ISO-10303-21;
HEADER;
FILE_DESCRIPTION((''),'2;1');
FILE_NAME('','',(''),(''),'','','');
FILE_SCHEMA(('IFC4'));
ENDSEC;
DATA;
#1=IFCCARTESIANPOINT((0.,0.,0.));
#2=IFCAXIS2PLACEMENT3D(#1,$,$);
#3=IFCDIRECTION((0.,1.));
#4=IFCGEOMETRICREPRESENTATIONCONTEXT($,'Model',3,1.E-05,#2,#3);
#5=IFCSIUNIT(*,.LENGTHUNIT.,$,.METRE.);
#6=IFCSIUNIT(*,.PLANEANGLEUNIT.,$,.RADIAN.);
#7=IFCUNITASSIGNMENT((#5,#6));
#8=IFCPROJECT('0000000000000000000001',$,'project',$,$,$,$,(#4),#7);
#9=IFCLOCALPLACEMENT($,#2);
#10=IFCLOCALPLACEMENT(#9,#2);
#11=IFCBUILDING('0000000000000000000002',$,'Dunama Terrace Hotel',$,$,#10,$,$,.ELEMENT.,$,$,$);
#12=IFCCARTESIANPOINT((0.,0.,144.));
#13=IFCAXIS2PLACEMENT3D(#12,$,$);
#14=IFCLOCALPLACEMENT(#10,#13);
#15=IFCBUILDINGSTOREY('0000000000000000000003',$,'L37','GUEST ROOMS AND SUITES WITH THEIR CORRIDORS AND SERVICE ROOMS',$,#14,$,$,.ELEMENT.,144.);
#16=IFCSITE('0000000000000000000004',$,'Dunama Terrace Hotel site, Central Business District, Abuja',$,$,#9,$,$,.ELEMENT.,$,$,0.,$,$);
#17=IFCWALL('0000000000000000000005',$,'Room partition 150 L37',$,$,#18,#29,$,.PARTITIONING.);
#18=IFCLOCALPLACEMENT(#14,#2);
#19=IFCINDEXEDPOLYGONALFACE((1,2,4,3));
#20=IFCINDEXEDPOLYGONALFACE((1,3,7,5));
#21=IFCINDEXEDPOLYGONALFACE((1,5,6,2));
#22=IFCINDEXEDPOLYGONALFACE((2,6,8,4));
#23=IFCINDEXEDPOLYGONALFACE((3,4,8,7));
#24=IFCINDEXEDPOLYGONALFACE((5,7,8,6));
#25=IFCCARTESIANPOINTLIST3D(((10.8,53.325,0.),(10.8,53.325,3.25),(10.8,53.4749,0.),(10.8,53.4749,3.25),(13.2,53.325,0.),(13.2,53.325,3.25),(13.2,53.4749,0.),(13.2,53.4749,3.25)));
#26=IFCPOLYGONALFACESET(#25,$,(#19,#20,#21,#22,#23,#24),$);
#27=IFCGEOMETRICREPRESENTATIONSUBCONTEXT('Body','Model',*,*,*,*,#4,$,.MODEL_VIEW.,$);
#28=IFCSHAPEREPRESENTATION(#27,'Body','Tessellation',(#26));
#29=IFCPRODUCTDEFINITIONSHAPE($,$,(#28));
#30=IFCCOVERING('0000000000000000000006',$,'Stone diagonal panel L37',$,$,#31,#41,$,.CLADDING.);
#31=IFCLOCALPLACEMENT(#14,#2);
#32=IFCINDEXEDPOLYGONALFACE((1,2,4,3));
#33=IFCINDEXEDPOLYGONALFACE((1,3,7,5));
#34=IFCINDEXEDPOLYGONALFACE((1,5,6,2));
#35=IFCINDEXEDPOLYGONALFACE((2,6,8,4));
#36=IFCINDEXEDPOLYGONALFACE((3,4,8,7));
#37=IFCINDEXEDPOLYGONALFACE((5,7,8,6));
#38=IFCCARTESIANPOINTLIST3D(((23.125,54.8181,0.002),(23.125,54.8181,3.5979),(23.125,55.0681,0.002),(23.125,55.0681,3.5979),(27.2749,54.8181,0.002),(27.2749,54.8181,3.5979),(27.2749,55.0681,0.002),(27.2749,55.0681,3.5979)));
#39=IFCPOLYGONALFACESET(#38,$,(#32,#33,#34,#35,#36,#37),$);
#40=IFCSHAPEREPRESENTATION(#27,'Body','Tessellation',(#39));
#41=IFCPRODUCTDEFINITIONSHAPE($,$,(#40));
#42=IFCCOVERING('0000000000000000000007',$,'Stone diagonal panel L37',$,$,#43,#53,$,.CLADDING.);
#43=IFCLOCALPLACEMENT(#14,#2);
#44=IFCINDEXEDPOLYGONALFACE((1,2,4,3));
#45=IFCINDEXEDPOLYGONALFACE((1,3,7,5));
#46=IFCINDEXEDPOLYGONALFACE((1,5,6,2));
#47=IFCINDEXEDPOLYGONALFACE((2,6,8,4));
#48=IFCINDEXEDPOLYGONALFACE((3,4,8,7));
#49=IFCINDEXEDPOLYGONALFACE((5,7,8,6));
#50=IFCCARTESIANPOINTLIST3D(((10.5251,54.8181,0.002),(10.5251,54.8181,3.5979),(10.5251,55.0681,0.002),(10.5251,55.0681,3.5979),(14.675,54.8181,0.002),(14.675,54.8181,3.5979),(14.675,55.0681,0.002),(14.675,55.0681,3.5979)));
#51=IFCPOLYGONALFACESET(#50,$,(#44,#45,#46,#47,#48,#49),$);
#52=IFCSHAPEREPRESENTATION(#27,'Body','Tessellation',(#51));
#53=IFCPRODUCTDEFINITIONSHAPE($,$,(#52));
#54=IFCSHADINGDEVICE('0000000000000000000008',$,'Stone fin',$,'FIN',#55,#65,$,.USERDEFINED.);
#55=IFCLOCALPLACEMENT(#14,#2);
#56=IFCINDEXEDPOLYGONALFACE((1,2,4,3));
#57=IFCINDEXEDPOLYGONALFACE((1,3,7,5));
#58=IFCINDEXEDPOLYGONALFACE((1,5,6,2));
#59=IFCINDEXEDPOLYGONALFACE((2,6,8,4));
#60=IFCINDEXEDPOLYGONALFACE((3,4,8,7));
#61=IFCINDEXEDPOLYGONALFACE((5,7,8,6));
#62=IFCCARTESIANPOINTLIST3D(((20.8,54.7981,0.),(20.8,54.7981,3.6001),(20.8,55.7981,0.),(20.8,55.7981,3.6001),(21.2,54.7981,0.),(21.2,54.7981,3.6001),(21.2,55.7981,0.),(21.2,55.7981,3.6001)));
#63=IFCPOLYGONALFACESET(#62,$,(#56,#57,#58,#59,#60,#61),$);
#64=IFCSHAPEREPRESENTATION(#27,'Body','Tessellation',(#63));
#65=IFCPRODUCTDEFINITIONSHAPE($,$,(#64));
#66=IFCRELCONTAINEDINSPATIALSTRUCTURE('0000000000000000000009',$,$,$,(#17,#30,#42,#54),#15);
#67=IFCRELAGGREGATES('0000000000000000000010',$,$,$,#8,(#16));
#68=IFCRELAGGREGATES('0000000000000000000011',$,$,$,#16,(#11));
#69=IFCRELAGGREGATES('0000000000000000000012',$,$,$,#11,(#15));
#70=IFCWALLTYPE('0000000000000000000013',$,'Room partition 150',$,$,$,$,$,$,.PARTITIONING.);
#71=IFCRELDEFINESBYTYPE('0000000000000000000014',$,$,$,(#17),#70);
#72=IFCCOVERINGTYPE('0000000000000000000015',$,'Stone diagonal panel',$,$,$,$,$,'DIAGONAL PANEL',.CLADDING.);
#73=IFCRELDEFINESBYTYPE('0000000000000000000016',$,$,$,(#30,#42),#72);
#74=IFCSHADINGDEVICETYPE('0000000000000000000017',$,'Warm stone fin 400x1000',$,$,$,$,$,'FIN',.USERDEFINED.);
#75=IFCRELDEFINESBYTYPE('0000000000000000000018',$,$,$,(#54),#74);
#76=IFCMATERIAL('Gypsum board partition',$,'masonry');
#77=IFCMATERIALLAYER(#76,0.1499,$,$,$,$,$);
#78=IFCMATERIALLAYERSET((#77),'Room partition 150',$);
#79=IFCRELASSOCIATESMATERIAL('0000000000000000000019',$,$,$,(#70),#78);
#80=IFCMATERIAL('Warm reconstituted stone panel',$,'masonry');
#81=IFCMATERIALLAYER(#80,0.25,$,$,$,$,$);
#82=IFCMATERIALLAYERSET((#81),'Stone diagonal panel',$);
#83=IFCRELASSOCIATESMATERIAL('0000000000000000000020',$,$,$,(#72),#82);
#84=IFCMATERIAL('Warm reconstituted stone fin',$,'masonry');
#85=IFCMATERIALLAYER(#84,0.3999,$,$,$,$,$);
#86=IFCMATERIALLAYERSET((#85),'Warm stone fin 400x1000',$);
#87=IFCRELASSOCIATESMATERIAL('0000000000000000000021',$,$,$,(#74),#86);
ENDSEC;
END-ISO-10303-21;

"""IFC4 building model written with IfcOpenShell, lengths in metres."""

from ifc_helpers import new_model, si_unit, direction, frame, frame_2d, origin, origin_2d, place, context, subcontext, project, spatial, rectangle, extrude, material, layer, layer_set, type_object, element, save


model = new_model("IFC4")

# Units and contexts
model_context = context("Model", 3, precision=1e-05, world=origin(), true_north=direction((0.0, 1.0)))
body_context = subcontext(model_context, "Body", "Model", "MODEL_VIEW")
ifc_project = project(units=[si_unit("LENGTHUNIT", "METRE"), si_unit("PLANEANGLEUNIT", "RADIAN")], contexts=[model_context])

# Site, building, storey
site_placement = place(None, origin())
site = spatial("IfcSite", under=ifc_project, at=site_placement, Name="Dunama Terrace Hotel site, Central Business District, Abuja", CompositionType="ELEMENT", RefElevation=0.0)
building_placement = place(site_placement, origin())
building = spatial("IfcBuilding", under=site, at=building_placement, Name="Dunama Terrace Hotel", CompositionType="ELEMENT")
storey_placement = place(building_placement, frame((0.0, 0.0, 144.0)))
storey = spatial("IfcBuildingStorey", under=building, at=storey_placement, Name="L37", Description="GUEST ROOMS AND SUITES WITH THEIR CORRIDORS AND SERVICE ROOMS", CompositionType="ELEMENT", Elevation=144.0)

# Wall
ifc_material_1 = material(Name="Gypsum board partition", Category="masonry")
ifc_layer_1 = layer(ifc_material_1, 0.1499)
ifc_layer_set_1 = layer_set([ifc_layer_1], Name="Room partition 150")
wall_type_1 = type_object("IfcWallType", Name="Room partition 150", PredefinedType="PARTITIONING", material=ifc_layer_set_1)
wall_1_placement = place(storey_placement, frame((10.8, 53.3999, 0.0), z_axis=(0.0, 0.0, 1.0), x_axis=(1.0, 0.0, 0.0)))
element("IfcWall", 1, at=wall_1_placement, inside=storey, type_object=wall_type_1, Name="Room partition 150 L37", PredefinedType="PARTITIONING", context=body_context, shape_type="SweptSolid", body=[
    extrude(rectangle(XDim=2.3999, YDim=0.1499, at=frame_2d((1.2, 0.0))), origin(), (0.0, 0.0, 1.0), 3.25),
])

# Coverings
ifc_material_2 = material(Name="Warm reconstituted stone panel", Category="masonry")
ifc_layer_2 = layer(ifc_material_2, 0.25)
ifc_layer_set_2 = layer_set([ifc_layer_2], Name="Stone diagonal panel")
covering_type = type_object("IfcCoveringType", Name="Stone diagonal panel", ElementType="DIAGONAL PANEL", PredefinedType="CLADDING", material=ifc_layer_set_2)
for number, where, z_axis, x_axis, name in (
    (2, (25.2, 54.9431, 0.002), (0.0, 0.0, 1.0), (-1.0, 0.0, 0.0), "Stone diagonal panel L37"),
    (3, (12.6001, 54.9431, 0.002), (0.0, 0.0, 1.0), (-1.0, 0.0, 0.0), "Stone diagonal panel L37"),
):
    element("IfcCovering", number, at=place(storey_placement, frame(where, z_axis=z_axis, x_axis=x_axis)), inside=storey, type_object=covering_type, Name=name, PredefinedType="CLADDING", context=body_context, shape_type="SweptSolid", body=[
        extrude(rectangle(XDim=4.1499, YDim=0.25, at=origin_2d()), origin(), (0.0, 0.0, 1.0), 3.5959),
    ])

# Shading device
ifc_material_3 = material(Name="Warm reconstituted stone fin", Category="masonry")
ifc_layer_3 = layer(ifc_material_3, 0.3999)
ifc_layer_set_3 = layer_set([ifc_layer_3], Name="Warm stone fin 400x1000")
shading_device_type = type_object("IfcShadingDeviceType", Name="Warm stone fin 400x1000", ElementType="FIN", PredefinedType="USERDEFINED", material=ifc_layer_set_3)
shading_device_placement = place(storey_placement, frame((21.0, 55.2981, 0.0), z_axis=(0.0, 0.0, 1.0), x_axis=(-1.0, 0.0, 0.0)))
element("IfcShadingDevice", 4, at=shading_device_placement, inside=storey, type_object=shading_device_type, Name="Stone fin", ObjectType="FIN", PredefinedType="USERDEFINED", context=body_context, shape_type="SweptSolid", body=[
    extrude(rectangle(XDim=0.3999, YDim=1.0, at=origin_2d()), origin(), (0.0, 0.0, 1.0), 3.6001),
])

save(model, "model.ifc")
